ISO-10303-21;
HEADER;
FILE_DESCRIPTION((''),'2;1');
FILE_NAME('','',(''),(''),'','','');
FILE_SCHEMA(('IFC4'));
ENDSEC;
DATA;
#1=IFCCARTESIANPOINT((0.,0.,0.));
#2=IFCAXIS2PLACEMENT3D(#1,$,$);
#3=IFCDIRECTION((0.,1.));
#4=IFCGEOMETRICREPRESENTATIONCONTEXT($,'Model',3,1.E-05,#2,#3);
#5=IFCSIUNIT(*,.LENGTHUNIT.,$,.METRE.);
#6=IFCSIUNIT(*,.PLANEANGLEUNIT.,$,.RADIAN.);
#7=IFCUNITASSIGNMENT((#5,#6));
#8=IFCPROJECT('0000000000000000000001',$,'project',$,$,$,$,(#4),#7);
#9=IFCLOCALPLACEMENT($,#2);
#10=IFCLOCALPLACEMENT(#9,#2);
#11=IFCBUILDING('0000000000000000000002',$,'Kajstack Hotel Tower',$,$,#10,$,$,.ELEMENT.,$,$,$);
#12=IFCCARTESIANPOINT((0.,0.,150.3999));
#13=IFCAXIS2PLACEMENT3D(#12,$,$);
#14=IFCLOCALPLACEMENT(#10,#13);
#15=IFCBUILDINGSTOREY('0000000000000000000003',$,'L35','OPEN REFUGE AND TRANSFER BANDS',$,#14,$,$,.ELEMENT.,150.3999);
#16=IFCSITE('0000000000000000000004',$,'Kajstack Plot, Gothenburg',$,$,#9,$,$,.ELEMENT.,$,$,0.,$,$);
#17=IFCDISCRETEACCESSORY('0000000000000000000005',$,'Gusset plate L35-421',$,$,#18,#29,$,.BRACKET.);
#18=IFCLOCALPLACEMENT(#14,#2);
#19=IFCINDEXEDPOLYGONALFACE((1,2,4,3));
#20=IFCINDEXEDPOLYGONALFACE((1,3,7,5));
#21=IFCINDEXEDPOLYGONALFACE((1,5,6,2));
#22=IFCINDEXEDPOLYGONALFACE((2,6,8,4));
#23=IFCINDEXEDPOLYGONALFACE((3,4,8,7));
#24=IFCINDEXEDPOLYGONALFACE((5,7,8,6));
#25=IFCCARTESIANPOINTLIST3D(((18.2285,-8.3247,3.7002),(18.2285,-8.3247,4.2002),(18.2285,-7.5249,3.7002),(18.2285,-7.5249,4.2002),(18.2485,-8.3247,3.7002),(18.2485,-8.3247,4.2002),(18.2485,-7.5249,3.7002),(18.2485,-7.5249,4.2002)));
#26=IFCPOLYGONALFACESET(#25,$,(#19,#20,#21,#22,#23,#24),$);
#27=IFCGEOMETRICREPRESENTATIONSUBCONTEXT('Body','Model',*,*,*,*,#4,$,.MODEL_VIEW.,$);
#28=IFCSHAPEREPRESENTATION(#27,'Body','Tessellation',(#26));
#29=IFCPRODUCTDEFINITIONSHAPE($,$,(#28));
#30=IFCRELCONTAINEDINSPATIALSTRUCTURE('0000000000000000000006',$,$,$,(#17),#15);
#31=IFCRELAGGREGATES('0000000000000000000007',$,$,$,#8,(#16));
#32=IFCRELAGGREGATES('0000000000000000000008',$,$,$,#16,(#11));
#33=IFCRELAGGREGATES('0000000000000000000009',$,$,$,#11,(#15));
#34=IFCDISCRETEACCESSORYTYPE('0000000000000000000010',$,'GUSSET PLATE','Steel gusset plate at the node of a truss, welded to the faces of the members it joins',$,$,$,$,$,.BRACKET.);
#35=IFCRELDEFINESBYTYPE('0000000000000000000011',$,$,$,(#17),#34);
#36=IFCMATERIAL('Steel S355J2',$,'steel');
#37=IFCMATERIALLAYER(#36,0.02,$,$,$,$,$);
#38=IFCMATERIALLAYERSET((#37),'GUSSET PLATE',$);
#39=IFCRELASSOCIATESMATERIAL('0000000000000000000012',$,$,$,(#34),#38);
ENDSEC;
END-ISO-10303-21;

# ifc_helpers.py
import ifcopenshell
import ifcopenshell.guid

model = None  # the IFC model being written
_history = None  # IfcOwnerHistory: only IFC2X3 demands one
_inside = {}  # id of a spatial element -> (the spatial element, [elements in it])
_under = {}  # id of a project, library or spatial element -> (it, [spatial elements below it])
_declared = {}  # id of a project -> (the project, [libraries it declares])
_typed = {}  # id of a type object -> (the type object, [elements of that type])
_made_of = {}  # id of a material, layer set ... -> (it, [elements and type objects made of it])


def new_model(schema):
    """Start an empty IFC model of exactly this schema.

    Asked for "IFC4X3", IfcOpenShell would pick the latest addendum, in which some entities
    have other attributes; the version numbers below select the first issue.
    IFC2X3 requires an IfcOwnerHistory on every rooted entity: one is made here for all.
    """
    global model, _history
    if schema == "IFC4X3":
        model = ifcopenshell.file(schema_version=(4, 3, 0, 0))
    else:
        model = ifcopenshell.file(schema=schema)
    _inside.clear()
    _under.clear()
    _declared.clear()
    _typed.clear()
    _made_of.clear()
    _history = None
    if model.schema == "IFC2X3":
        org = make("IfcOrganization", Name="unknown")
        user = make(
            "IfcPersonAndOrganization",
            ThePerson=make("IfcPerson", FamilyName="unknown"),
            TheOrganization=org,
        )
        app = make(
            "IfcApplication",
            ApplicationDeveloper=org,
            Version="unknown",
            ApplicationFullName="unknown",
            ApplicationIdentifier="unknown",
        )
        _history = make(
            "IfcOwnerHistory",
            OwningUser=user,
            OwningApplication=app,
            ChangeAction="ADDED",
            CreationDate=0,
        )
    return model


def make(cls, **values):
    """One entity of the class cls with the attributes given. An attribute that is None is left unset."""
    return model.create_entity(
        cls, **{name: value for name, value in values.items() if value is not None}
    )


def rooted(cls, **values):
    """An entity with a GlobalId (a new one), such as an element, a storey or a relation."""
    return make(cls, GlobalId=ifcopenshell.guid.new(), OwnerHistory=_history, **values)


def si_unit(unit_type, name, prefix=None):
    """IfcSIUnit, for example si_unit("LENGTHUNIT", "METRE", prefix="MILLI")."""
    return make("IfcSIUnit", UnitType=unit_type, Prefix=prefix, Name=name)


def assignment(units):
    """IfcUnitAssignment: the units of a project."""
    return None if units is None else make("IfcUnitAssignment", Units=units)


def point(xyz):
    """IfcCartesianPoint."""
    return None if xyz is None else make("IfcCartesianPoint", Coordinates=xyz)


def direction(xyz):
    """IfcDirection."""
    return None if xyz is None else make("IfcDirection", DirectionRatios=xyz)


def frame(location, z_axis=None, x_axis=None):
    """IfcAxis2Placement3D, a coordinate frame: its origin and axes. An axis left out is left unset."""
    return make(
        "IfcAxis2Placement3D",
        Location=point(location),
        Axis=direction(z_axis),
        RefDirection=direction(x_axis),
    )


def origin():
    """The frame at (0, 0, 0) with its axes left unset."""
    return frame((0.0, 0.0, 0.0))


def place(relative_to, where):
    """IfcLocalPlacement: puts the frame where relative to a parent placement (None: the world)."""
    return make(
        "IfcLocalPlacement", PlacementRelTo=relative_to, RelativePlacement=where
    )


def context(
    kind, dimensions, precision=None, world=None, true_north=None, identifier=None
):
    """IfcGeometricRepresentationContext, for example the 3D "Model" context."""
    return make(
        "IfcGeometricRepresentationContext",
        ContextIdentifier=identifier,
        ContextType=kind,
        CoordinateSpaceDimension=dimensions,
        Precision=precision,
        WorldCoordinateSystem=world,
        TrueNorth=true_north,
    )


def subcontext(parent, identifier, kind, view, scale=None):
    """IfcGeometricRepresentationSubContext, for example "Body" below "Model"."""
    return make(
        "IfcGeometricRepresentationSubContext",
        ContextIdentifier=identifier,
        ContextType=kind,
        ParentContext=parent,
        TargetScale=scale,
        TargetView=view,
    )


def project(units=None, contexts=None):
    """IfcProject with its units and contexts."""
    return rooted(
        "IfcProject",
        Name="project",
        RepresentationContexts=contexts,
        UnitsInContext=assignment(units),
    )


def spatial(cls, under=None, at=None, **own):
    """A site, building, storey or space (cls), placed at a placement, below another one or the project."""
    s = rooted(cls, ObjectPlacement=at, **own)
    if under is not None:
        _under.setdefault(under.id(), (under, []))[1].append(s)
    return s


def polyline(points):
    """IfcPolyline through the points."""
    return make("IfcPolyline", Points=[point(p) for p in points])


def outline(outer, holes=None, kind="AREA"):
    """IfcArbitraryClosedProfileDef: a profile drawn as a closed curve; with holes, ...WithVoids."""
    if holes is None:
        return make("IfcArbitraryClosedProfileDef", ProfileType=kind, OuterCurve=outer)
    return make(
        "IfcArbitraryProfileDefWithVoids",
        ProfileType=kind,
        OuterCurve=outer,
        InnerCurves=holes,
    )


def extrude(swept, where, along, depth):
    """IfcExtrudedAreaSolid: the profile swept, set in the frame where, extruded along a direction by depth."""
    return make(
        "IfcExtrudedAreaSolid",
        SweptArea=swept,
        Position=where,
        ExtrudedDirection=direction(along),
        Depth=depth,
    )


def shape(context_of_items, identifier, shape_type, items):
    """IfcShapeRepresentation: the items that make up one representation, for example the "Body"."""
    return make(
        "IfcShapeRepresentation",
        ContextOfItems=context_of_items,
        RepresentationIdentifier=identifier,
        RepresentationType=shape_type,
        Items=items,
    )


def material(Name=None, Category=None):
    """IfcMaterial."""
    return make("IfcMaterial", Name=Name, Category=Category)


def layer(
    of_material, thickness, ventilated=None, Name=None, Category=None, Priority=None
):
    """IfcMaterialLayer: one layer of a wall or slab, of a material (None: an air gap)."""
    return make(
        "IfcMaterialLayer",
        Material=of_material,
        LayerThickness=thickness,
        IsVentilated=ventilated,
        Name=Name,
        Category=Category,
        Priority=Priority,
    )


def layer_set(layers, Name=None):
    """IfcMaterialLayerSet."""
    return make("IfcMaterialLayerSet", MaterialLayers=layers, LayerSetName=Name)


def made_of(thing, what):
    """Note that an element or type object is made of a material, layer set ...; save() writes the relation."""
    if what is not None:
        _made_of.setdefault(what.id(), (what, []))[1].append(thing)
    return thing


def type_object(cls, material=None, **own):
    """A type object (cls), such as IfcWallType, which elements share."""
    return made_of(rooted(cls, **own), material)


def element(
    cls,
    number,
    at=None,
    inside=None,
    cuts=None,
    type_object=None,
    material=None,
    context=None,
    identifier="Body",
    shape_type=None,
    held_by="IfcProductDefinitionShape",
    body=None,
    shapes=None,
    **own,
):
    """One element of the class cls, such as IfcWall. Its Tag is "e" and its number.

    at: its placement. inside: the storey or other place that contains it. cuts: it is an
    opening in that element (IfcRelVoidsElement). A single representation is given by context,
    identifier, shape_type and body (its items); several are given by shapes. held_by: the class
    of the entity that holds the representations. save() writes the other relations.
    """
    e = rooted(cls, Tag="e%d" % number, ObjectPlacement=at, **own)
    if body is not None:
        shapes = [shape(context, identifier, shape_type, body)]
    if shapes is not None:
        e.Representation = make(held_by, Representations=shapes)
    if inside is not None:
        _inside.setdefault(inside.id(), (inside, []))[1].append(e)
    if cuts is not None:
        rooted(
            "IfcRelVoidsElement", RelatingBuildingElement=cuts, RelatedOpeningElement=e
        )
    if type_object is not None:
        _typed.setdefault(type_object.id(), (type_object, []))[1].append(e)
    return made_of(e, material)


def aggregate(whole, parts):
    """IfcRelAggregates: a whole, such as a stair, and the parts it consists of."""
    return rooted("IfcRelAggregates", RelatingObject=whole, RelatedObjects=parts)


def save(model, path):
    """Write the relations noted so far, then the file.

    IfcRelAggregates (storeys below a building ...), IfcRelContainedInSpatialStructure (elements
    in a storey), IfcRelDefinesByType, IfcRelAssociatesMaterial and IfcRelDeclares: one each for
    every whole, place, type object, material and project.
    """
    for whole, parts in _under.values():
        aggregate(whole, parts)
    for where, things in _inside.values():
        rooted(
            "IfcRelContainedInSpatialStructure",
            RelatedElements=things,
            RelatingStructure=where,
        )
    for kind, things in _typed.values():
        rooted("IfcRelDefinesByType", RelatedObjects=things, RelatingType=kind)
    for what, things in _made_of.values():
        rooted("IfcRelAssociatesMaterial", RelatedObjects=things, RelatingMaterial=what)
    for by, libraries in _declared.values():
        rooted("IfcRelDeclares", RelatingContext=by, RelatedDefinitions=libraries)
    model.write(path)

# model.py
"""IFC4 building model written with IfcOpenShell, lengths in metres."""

from ifc_helpers import new_model, si_unit, direction, frame, origin, place, context, subcontext, project, spatial, polyline, outline, extrude, material, layer, layer_set, type_object, element, save


model = new_model("IFC4")

# Units and contexts
model_context = context("Model", 3, precision=1e-05, world=origin(), true_north=direction((0.0, 1.0)))
body_context = subcontext(model_context, "Body", "Model", "MODEL_VIEW")
ifc_project = project(units=[si_unit("LENGTHUNIT", "METRE"), si_unit("PLANEANGLEUNIT", "RADIAN")], contexts=[model_context])

# Site, building, storey
site_placement = place(None, origin())
site = spatial("IfcSite", under=ifc_project, at=site_placement, Name="Kajstack Plot, Gothenburg", CompositionType="ELEMENT", RefElevation=0.0)
building_placement = place(site_placement, origin())
building = spatial("IfcBuilding", under=site, at=building_placement, Name="Kajstack Hotel Tower", CompositionType="ELEMENT")
storey_placement = place(building_placement, frame((0.0, 0.0, 150.3999)))
storey = spatial("IfcBuildingStorey", under=building, at=storey_placement, Name="L35", Description="OPEN REFUGE AND TRANSFER BANDS", CompositionType="ELEMENT", Elevation=150.3999)

# Shared definitions
ifc_material_1 = material(Name="Steel S355J2", Category="steel")

# Discrete accessory
ifc_layer_1 = layer(ifc_material_1, 0.02)
ifc_layer_set_1 = layer_set([ifc_layer_1], Name="GUSSET PLATE")
discrete_accessory_type = type_object("IfcDiscreteAccessoryType", Name="GUSSET PLATE", Description="Steel gusset plate at the node of a truss, welded to the faces of the members it joins", PredefinedType="BRACKET", material=ifc_layer_set_1)
for number, where, z_axis, x_axis, name in (
    (1, (18.2285, -7.9248, 3.7002), (1.0, 0.0, 0.0), (0.0, 1.0, 0.0), "Gusset plate L35-421"),
):
    element("IfcDiscreteAccessory", number, at=place(storey_placement, frame(where, z_axis=z_axis, x_axis=x_axis)), inside=storey, type_object=discrete_accessory_type, Name=name, PredefinedType="BRACKET", context=body_context, shape_type="SweptSolid", body=[
        extrude(outline(polyline([(-0.3999, 0.0), (0.3999, 0.0), (0.3999, 0.5), (-0.3999, 0.5), (-0.3999, 0.0)])), origin(), (0.0, 0.0, 1.0), 0.02),
    ])

save(model, "model.ifc")
